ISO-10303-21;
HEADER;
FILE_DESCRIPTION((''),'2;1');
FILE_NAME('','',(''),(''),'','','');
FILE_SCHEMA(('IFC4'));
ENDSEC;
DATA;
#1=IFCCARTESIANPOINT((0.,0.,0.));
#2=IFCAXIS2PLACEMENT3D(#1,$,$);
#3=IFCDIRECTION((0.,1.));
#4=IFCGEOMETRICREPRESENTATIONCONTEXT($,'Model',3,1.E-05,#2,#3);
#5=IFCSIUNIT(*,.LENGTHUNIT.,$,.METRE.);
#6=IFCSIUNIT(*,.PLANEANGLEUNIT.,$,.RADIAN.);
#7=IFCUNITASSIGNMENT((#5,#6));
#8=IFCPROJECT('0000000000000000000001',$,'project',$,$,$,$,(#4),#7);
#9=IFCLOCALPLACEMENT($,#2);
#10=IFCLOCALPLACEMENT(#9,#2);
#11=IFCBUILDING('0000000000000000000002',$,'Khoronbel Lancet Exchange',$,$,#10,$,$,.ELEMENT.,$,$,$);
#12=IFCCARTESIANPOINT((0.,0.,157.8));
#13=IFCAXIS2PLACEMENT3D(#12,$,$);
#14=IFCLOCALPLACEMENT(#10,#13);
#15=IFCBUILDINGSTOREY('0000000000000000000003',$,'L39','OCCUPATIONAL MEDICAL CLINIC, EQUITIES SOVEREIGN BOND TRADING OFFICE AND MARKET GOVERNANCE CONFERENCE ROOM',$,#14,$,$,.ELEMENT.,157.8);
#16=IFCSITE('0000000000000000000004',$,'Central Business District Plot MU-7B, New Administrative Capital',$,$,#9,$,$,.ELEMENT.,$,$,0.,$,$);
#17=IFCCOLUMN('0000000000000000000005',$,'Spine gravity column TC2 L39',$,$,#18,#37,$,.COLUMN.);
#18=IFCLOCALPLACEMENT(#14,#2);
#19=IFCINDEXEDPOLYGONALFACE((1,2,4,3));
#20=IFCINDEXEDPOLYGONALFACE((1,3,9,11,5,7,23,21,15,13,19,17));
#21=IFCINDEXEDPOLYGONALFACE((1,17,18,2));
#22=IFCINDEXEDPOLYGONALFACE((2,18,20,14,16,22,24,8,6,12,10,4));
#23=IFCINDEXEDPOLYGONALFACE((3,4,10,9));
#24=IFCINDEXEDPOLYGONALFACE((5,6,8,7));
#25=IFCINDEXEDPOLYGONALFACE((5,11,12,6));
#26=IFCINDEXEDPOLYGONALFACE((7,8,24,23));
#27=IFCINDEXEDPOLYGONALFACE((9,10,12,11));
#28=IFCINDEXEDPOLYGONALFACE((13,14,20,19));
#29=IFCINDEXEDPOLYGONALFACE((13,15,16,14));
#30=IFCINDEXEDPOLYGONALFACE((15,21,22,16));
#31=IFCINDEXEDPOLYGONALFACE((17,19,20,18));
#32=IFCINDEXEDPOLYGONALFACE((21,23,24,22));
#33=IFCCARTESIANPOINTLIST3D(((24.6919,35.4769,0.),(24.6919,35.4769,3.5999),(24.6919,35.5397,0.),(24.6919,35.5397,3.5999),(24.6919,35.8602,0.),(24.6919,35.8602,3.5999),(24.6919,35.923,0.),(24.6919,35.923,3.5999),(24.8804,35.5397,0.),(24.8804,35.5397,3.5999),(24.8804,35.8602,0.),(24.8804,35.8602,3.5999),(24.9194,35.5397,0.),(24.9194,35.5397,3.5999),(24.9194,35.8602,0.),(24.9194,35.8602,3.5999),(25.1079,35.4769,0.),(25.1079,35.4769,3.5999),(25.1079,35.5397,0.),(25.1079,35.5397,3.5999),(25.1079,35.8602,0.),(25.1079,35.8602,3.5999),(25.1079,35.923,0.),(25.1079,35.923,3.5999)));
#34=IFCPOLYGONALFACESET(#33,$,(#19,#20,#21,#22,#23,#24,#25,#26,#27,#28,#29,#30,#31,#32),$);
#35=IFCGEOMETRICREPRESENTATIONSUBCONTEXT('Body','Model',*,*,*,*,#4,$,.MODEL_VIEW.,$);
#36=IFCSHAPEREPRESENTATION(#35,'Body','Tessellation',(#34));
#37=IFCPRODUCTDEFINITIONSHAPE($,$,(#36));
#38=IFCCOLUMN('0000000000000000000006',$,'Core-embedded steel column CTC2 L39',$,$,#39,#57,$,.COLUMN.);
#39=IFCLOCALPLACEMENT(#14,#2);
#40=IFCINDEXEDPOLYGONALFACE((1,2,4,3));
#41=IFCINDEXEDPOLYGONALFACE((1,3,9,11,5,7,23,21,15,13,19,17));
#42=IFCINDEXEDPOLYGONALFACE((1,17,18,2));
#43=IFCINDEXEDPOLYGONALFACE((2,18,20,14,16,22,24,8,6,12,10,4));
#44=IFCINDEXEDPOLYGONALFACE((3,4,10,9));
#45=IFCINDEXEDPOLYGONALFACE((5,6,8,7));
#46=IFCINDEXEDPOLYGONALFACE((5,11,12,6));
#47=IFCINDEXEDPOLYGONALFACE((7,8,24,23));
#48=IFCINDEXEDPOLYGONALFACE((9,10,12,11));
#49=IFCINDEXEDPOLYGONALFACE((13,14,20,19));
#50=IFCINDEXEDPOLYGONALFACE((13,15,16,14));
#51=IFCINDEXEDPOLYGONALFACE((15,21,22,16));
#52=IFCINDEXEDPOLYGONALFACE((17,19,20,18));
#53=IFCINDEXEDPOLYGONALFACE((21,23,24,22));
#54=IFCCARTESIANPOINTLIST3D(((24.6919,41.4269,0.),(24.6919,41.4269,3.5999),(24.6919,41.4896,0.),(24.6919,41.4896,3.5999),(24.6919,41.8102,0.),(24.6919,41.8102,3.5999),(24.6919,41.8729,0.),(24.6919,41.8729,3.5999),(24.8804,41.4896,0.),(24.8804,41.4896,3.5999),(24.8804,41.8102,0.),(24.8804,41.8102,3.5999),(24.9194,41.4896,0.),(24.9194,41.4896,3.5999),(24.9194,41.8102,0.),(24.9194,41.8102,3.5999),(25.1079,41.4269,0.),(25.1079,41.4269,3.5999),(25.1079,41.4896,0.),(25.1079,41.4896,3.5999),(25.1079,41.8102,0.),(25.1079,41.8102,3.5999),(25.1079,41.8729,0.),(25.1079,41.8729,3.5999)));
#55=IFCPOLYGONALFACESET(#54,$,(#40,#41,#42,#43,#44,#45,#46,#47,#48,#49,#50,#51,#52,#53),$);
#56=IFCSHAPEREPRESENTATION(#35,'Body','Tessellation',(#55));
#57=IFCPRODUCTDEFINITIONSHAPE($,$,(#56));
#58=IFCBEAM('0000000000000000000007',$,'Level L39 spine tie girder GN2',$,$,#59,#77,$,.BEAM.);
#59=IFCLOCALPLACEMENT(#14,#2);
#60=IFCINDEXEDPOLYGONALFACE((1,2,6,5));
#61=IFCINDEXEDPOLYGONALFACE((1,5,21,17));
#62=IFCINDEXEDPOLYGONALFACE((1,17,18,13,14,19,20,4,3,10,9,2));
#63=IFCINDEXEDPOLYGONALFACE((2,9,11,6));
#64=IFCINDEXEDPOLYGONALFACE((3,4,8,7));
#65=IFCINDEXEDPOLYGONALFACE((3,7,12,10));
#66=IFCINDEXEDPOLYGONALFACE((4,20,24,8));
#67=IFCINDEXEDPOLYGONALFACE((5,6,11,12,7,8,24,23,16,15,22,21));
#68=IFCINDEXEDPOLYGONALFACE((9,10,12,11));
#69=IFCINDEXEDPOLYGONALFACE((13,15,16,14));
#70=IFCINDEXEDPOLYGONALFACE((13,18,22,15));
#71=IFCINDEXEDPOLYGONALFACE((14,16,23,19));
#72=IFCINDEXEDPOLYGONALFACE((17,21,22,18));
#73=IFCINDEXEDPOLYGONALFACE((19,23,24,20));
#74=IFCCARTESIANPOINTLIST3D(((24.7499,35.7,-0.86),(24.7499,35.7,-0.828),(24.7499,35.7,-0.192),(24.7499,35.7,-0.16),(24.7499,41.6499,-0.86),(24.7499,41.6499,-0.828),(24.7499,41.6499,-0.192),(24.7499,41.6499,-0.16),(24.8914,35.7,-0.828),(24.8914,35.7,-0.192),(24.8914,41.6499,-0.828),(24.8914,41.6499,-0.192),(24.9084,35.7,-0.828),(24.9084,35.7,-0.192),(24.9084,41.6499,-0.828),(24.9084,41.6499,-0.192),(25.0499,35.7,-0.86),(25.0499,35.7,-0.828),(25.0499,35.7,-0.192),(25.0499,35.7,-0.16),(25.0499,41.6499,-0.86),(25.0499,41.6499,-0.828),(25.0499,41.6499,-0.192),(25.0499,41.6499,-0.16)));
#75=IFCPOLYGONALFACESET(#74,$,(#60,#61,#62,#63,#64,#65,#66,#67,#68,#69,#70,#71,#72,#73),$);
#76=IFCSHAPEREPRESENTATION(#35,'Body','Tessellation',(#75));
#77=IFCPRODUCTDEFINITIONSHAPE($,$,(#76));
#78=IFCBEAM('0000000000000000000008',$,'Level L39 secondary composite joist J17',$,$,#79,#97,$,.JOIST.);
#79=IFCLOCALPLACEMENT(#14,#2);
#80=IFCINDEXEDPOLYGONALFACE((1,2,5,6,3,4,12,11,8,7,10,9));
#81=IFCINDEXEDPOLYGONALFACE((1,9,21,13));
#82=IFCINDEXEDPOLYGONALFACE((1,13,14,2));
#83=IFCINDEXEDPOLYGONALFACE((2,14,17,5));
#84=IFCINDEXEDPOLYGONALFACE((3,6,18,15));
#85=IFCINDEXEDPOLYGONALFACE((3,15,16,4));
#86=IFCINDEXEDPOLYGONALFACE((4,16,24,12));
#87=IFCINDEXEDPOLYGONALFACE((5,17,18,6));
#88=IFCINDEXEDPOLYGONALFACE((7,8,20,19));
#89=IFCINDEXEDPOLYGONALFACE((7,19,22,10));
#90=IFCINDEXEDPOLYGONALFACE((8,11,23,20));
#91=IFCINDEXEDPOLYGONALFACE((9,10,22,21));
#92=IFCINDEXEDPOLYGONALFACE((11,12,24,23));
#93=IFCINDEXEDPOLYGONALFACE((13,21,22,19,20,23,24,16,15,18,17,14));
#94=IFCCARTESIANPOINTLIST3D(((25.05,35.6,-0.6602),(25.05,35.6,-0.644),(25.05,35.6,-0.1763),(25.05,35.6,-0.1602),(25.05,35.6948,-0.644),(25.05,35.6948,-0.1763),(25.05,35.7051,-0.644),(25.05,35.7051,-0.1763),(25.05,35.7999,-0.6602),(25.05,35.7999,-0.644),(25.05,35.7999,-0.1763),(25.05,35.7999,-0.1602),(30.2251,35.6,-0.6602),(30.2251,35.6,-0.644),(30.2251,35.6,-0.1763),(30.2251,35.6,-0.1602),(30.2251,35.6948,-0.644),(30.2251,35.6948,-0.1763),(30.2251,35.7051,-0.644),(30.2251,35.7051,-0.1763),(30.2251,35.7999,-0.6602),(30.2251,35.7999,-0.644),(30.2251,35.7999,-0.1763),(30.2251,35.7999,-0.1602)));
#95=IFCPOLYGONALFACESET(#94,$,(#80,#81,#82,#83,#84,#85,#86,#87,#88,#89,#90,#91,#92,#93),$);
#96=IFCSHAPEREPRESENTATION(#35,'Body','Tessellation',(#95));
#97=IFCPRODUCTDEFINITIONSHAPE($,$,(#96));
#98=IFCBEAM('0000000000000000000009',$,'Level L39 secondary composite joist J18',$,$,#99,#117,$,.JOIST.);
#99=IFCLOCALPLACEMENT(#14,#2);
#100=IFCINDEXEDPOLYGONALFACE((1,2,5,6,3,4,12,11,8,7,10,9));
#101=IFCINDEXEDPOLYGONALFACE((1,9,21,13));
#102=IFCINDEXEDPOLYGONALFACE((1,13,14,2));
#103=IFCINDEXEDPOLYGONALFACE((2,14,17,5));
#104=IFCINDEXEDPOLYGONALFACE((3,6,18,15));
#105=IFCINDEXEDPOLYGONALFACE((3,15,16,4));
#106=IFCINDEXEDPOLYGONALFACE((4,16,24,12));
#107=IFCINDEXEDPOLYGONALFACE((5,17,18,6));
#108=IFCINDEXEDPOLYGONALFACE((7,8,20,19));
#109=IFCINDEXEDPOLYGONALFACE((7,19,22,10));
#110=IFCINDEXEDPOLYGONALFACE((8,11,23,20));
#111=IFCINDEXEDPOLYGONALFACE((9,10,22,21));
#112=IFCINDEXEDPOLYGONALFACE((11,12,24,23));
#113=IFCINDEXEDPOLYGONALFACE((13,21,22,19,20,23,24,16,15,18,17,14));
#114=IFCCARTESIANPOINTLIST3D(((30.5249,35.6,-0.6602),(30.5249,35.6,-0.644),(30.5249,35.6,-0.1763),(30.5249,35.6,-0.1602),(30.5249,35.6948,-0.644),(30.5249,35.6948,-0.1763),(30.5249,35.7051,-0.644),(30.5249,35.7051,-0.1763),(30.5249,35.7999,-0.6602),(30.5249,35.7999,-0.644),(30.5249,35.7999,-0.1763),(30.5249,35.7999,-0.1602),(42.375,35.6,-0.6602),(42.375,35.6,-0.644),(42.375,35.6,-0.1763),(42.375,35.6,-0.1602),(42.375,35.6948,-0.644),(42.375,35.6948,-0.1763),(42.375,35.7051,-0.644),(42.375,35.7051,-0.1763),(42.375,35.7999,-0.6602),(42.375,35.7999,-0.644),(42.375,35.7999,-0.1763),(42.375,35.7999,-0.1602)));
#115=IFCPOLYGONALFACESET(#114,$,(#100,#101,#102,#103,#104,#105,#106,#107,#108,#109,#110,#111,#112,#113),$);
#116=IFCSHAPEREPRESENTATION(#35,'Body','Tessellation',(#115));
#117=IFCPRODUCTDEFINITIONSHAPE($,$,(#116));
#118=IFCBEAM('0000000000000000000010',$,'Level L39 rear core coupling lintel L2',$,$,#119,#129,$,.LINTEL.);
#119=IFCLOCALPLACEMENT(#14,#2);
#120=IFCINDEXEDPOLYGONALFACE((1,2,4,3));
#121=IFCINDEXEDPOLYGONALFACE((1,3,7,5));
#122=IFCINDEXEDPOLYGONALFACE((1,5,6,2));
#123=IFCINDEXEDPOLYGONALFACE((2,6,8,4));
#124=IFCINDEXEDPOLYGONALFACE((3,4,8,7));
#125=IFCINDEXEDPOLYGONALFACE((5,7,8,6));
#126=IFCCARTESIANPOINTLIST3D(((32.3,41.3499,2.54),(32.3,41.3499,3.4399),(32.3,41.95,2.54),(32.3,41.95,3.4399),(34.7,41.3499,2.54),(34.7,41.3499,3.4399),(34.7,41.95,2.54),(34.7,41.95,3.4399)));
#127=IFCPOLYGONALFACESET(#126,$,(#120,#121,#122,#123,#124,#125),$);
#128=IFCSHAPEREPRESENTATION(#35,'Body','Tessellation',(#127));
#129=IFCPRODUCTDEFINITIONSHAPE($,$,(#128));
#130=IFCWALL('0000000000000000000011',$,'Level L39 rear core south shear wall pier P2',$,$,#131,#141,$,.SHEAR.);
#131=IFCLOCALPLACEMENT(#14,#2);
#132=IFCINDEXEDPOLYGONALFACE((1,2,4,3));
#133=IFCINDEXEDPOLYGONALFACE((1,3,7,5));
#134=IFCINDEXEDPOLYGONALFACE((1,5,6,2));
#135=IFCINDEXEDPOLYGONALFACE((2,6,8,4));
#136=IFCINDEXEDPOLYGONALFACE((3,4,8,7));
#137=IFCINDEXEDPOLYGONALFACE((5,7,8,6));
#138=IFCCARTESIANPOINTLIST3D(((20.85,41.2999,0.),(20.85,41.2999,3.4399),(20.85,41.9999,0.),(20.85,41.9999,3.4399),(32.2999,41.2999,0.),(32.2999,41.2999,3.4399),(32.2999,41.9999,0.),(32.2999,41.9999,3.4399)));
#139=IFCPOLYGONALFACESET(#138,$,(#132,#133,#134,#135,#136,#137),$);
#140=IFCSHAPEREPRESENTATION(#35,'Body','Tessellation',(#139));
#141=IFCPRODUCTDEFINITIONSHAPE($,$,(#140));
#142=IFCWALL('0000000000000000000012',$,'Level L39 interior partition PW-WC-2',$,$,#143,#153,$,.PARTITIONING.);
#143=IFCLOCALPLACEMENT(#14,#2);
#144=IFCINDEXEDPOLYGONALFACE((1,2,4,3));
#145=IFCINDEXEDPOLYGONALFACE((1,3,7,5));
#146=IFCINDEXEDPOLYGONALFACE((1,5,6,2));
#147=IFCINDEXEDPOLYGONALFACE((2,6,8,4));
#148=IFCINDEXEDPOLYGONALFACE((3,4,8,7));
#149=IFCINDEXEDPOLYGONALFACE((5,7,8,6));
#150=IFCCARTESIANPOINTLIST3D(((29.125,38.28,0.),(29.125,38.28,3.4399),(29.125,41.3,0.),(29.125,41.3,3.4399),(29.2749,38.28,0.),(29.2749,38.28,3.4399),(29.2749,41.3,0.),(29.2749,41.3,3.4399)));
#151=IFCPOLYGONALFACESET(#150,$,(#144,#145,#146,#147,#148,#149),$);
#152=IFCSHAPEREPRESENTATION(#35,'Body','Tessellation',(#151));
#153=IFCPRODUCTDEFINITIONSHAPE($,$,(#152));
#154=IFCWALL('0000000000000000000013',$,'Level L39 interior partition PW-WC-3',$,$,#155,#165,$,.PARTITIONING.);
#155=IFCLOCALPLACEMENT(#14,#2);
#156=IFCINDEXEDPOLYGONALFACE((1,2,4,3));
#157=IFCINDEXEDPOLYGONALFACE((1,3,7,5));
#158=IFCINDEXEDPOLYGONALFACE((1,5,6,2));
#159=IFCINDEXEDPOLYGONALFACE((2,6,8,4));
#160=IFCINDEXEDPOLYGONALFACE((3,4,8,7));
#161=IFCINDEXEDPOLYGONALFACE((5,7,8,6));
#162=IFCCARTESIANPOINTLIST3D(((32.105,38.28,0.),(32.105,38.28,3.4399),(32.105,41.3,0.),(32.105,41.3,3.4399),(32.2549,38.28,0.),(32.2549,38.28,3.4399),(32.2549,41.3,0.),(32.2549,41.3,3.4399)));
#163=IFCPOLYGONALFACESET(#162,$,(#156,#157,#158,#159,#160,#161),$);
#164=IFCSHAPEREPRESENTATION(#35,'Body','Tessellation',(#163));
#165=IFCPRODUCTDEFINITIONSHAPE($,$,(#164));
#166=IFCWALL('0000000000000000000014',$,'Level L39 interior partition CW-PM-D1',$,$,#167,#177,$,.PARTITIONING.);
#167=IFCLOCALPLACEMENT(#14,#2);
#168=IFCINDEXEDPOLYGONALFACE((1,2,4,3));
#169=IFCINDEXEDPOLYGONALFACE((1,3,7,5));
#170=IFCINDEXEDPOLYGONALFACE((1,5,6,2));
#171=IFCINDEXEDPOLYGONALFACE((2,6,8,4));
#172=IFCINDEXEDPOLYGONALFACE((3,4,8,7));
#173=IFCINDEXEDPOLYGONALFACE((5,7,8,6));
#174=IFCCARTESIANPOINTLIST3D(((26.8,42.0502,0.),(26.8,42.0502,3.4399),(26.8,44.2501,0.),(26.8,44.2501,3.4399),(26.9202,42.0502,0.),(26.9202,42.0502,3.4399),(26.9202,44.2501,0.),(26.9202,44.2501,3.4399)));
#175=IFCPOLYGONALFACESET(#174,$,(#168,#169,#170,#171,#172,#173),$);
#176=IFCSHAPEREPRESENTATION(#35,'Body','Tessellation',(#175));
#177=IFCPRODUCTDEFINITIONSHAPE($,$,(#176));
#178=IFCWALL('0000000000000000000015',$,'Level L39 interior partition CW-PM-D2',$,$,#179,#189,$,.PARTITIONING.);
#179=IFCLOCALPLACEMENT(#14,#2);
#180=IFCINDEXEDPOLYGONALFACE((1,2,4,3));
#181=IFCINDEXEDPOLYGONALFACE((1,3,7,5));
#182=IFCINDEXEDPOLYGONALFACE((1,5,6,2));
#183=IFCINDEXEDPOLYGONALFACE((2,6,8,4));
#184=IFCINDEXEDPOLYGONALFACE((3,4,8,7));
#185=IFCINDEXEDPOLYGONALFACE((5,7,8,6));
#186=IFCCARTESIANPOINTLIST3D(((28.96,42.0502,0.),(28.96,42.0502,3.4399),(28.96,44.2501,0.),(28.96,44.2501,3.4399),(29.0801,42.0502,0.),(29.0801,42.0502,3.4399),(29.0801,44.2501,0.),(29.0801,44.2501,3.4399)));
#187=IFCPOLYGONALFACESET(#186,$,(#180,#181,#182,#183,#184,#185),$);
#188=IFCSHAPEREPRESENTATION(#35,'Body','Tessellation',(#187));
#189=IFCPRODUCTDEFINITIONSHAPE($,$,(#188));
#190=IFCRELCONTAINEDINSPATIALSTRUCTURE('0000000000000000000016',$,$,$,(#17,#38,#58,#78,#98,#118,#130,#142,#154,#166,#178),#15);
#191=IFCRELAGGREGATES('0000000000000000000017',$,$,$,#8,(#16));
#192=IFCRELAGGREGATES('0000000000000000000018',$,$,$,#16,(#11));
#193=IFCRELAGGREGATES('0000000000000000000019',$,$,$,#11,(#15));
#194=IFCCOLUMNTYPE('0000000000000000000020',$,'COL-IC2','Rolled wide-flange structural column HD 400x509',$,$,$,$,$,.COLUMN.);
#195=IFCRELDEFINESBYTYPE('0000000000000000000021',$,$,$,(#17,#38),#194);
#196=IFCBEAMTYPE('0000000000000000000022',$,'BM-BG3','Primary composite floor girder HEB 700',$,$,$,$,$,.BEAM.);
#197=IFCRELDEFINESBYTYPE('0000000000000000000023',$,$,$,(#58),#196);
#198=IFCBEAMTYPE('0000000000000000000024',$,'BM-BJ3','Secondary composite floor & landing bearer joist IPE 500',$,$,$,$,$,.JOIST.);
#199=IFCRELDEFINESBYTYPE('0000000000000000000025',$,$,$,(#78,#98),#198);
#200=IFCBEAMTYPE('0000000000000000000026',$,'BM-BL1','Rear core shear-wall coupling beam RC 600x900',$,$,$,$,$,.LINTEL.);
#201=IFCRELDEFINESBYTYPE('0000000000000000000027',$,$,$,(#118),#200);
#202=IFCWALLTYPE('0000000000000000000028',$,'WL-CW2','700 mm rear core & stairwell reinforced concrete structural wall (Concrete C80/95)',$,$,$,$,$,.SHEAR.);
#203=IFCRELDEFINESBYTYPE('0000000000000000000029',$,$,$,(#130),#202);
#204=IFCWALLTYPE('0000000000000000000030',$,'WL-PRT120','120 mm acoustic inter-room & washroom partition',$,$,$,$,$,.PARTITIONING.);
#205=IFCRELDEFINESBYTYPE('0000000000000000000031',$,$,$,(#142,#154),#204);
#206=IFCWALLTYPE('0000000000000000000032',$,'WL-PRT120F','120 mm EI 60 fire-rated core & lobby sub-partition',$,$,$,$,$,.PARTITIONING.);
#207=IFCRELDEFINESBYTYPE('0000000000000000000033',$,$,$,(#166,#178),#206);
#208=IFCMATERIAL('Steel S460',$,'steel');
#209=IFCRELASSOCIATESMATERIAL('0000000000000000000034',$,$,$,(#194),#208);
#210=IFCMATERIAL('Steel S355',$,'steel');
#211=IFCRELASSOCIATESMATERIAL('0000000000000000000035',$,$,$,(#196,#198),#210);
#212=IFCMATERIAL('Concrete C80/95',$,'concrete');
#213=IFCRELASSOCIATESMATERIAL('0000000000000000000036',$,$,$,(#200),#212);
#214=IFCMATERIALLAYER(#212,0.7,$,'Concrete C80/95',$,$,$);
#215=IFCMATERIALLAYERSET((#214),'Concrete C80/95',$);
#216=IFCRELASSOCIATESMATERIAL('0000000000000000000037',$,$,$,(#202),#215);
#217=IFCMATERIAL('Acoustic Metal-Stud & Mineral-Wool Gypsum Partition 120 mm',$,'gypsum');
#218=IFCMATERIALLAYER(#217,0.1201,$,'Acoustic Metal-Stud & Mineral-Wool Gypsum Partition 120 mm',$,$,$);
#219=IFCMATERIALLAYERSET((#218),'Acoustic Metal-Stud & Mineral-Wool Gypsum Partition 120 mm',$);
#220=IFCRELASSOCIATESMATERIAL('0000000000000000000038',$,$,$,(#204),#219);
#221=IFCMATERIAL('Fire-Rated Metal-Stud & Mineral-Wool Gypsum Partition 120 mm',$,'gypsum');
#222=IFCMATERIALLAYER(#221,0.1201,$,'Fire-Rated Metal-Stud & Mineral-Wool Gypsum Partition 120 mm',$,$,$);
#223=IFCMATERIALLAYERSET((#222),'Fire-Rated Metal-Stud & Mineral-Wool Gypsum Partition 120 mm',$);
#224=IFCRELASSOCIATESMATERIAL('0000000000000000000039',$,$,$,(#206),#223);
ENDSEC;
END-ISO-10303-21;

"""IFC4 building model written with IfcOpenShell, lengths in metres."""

from ifc_helpers import new_model, si_unit, direction, frame, frame_2d, origin, origin_2d, place, context, subcontext, project, spatial, rectangle, i_section, extrude, material, layer, layer_set, material_profile, profile_set, type_object, element, save


model = new_model("IFC4")

# Units and contexts
model_context = context("Model", 3, precision=1e-05, world=origin(), true_north=direction((0.0, 1.0)))
body_context = subcontext(model_context, "Body", "Model", "MODEL_VIEW")
ifc_project = project(units=[si_unit("LENGTHUNIT", "METRE"), si_unit("PLANEANGLEUNIT", "RADIAN")], contexts=[model_context])

# Site, building, storey
site_placement = place(None, origin())
site = spatial("IfcSite", under=ifc_project, at=site_placement, Name="Central Business District Plot MU-7B, New Administrative Capital", CompositionType="ELEMENT", RefElevation=0.0)
building_placement = place(site_placement, origin())
building = spatial("IfcBuilding", under=site, at=building_placement, Name="Khoronbel Lancet Exchange", CompositionType="ELEMENT")
storey_placement = place(building_placement, frame((0.0, 0.0, 157.8)))
storey = spatial("IfcBuildingStorey", under=building, at=storey_placement, Name="L39", Description="OCCUPATIONAL MEDICAL CLINIC, EQUITIES SOVEREIGN BOND TRADING OFFICE AND MARKET GOVERNANCE CONFERENCE ROOM", CompositionType="ELEMENT", Elevation=157.8)

# Columns
ifc_material_1 = material(Name="Steel S460", Category="steel")
ifc_material_profile_1 = material_profile(ifc_material_1, i_section(OverallWidth=0.416, OverallDepth=0.446, WebThickness=0.0391, FlangeThickness=0.0627, at=origin_2d()), Name="HD 400x509")
ifc_profile_set_1 = profile_set([ifc_material_profile_1], Name="Steel S460")
column_type = type_object("IfcColumnType", Name="COL-IC2", Description="Rolled wide-flange structural column HD 400x509", PredefinedType="COLUMN", material=ifc_profile_set_1)
for number, where, z_axis, x_axis, name in (
    (1, (24.8999, 35.7, 0.0), (0.0, 0.0, 1.0), (1.0, 0.0, 0.0), "Spine gravity column TC2 L39"),
    (2, (24.8999, 41.6499, 0.0), (0.0, 0.0, 1.0), (1.0, 0.0, 0.0), "Core-embedded steel column CTC2 L39"),
):
    element("IfcColumn", number, at=place(storey_placement, frame(where, z_axis=z_axis, x_axis=x_axis)), inside=storey, type_object=column_type, Name=name, PredefinedType="COLUMN", context=body_context, shape_type="SweptSolid", body=[
        extrude(i_section(OverallWidth=0.416, OverallDepth=0.446, WebThickness=0.0391, FlangeThickness=0.0627, at=origin_2d()), origin(), (0.0, 0.0, 1.0), 3.5999),
    ])

# Beams
ifc_material_2 = material(Name="Steel S355", Category="steel")
ifc_material_profile_2 = material_profile(ifc_material_2, i_section(OverallWidth=0.3, OverallDepth=0.7, WebThickness=0.0171, FlangeThickness=0.032, at=origin_2d()), Name="HEB 700")
ifc_profile_set_2 = profile_set([ifc_material_profile_2], Name="Steel S355")
beam_type_1 = type_object("IfcBeamType", Name="BM-BG3", Description="Primary composite floor girder HEB 700", PredefinedType="BEAM", material=ifc_profile_set_2)
beam_1_placement = place(storey_placement, frame((24.8999, 35.7, -0.51), z_axis=(0.0, 1.0, 0.0), x_axis=(-1.0, 0.0, 0.0)))
element("IfcBeam", 3, at=beam_1_placement, inside=storey, type_object=beam_type_1, Name="Level L39 spine tie girder GN2", PredefinedType="BEAM", context=body_context, shape_type="SweptSolid", body=[
    extrude(i_section(OverallWidth=0.3, OverallDepth=0.7, WebThickness=0.0171, FlangeThickness=0.032, at=origin_2d()), origin(), (0.0, 0.0, 1.0), 5.95),
])
ifc_material_profile_3 = material_profile(ifc_material_2, i_section(OverallWidth=0.2, OverallDepth=0.5, WebThickness=0.0103, FlangeThickness=0.0161, at=origin_2d()), Name="IPE 500")
ifc_profile_set_3 = profile_set([ifc_material_profile_3], Name="Steel S355")
beam_type_2 = type_object("IfcBeamType", Name="BM-BJ3", Description="Secondary composite floor & landing bearer joist IPE 500", PredefinedType="JOIST", material=ifc_profile_set_3)
beam_2_placement = place(storey_placement, frame((25.05, 35.7, -0.4102), z_axis=(1.0, 0.0, 0.0), x_axis=(0.0, 1.0, 0.0)))
element("IfcBeam", 4, at=beam_2_placement, inside=storey, type_object=beam_type_2, Name="Level L39 secondary composite joist J17", PredefinedType="JOIST", context=body_context, shape_type="SweptSolid", body=[
    extrude(i_section(OverallWidth=0.2, OverallDepth=0.5, WebThickness=0.0103, FlangeThickness=0.0161, at=origin_2d()), origin(), (0.0, 0.0, 1.0), 5.175),
])
beam_3_placement = place(storey_placement, frame((30.5249, 35.7, -0.4102), z_axis=(1.0, 0.0, 0.0), x_axis=(0.0, 1.0, 0.0)))
element("IfcBeam", 5, at=beam_3_placement, inside=storey, type_object=beam_type_2, Name="Level L39 secondary composite joist J18", PredefinedType="JOIST", context=body_context, shape_type="SweptSolid", body=[
    extrude(i_section(OverallWidth=0.2, OverallDepth=0.5, WebThickness=0.0103, FlangeThickness=0.0161, at=origin_2d()), origin(), (0.0, 0.0, 1.0), 11.8501),
])
ifc_material_3 = material(Name="Concrete C80/95", Category="concrete")
ifc_material_profile_4 = material_profile(ifc_material_3, rectangle(XDim=0.6001, YDim=0.8999, at=origin_2d()), Name="RC 600x900")
ifc_profile_set_4 = profile_set([ifc_material_profile_4], Name="Concrete C80/95")
beam_type_3 = type_object("IfcBeamType", Name="BM-BL1", Description="Rear core shear-wall coupling beam RC 600x900", PredefinedType="LINTEL", material=ifc_profile_set_4)
beam_4_placement = place(storey_placement, frame((32.3, 41.6499, 2.99), z_axis=(1.0, 0.0, 0.0), x_axis=(0.0, 1.0, 0.0)))
element("IfcBeam", 6, at=beam_4_placement, inside=storey, type_object=beam_type_3, Name="Level L39 rear core coupling lintel L2", PredefinedType="LINTEL", context=body_context, shape_type="SweptSolid", body=[
    extrude(rectangle(XDim=0.6001, YDim=0.8999, at=origin_2d()), origin(), (0.0, 0.0, 1.0), 2.3999),
])

# Walls
ifc_layer_1 = layer(ifc_material_3, 0.7, Name="Concrete C80/95")
ifc_layer_set_1 = layer_set([ifc_layer_1], Name="Concrete C80/95")
wall_type_1 = type_object("IfcWallType", Name="WL-CW2", Description="700 mm rear core & stairwell reinforced concrete structural wall (Concrete C80/95)", PredefinedType="SHEAR", material=ifc_layer_set_1)
wall_1_placement = place(storey_placement, frame((32.3, 41.6499, 0.0), z_axis=(0.0, 0.0, 1.0), x_axis=(-1.0, 0.0, 0.0)))
element("IfcWall", 7, at=wall_1_placement, inside=storey, type_object=wall_type_1, Name="Level L39 rear core south shear wall pier P2", PredefinedType="SHEAR", context=body_context, shape_type="SweptSolid", body=[
    extrude(rectangle(XDim=11.45, YDim=0.7, at=frame_2d((5.7251, 0.0))), origin(), (0.0, 0.0, 1.0), 3.4399),
])
ifc_material_4 = material(Name="Acoustic Metal-Stud & Mineral-Wool Gypsum Partition 120 mm", Category="gypsum")
ifc_layer_2 = layer(ifc_material_4, 0.1201, Name="Acoustic Metal-Stud & Mineral-Wool Gypsum Partition 120 mm")
ifc_layer_set_2 = layer_set([ifc_layer_2], Name="Acoustic Metal-Stud & Mineral-Wool Gypsum Partition 120 mm")
wall_type_2 = type_object("IfcWallType", Name="WL-PRT120", Description="120 mm acoustic inter-room & washroom partition", PredefinedType="PARTITIONING", material=ifc_layer_set_2)
for number, where, z_axis, x_axis, name in (
    (8, (29.2, 38.28, 0.0), (0.0, 0.0, 1.0), (0.0, 1.0, 0.0), "Level L39 interior partition PW-WC-2"),
    (9, (32.1799, 38.28, 0.0), (0.0, 0.0, 1.0), (0.0, 1.0, 0.0), "Level L39 interior partition PW-WC-3"),
):
    element("IfcWall", number, at=place(storey_placement, frame(where, z_axis=z_axis, x_axis=x_axis)), inside=storey, type_object=wall_type_2, Name=name, PredefinedType="PARTITIONING", context=body_context, shape_type="SweptSolid", body=[
        extrude(rectangle(XDim=3.02, YDim=0.1499, at=frame_2d((1.51, 0.0))), origin(), (0.0, 0.0, 1.0), 3.4399),
    ])
ifc_material_5 = material(Name="Fire-Rated Metal-Stud & Mineral-Wool Gypsum Partition 120 mm", Category="gypsum")
ifc_layer_3 = layer(ifc_material_5, 0.1201, Name="Fire-Rated Metal-Stud & Mineral-Wool Gypsum Partition 120 mm")
ifc_layer_set_3 = layer_set([ifc_layer_3], Name="Fire-Rated Metal-Stud & Mineral-Wool Gypsum Partition 120 mm")
wall_type_3 = type_object("IfcWallType", Name="WL-PRT120F", Description="120 mm EI 60 fire-rated core & lobby sub-partition", PredefinedType="PARTITIONING", material=ifc_layer_set_3)
for number, where, z_axis, x_axis, name in (
    (10, (26.8601, 42.05, 0.0), (0.0, 0.0, 1.0), (0.0, 1.0, 0.0), "Level L39 interior partition CW-PM-D1"),
    (11, (29.02, 42.05, 0.0), (0.0, 0.0, 1.0), (0.0, 1.0, 0.0), "Level L39 interior partition CW-PM-D2"),
):
    element("IfcWall", number, at=place(storey_placement, frame(where, z_axis=z_axis, x_axis=x_axis)), inside=storey, type_object=wall_type_3, Name=name, PredefinedType="PARTITIONING", context=body_context, shape_type="SweptSolid", body=[
        extrude(rectangle(XDim=2.2, YDim=0.1201, at=frame_2d((1.1001, 0.0))), origin(), (0.0, 0.0, 1.0), 3.4399),
    ])

save(model, "model.ifc")
